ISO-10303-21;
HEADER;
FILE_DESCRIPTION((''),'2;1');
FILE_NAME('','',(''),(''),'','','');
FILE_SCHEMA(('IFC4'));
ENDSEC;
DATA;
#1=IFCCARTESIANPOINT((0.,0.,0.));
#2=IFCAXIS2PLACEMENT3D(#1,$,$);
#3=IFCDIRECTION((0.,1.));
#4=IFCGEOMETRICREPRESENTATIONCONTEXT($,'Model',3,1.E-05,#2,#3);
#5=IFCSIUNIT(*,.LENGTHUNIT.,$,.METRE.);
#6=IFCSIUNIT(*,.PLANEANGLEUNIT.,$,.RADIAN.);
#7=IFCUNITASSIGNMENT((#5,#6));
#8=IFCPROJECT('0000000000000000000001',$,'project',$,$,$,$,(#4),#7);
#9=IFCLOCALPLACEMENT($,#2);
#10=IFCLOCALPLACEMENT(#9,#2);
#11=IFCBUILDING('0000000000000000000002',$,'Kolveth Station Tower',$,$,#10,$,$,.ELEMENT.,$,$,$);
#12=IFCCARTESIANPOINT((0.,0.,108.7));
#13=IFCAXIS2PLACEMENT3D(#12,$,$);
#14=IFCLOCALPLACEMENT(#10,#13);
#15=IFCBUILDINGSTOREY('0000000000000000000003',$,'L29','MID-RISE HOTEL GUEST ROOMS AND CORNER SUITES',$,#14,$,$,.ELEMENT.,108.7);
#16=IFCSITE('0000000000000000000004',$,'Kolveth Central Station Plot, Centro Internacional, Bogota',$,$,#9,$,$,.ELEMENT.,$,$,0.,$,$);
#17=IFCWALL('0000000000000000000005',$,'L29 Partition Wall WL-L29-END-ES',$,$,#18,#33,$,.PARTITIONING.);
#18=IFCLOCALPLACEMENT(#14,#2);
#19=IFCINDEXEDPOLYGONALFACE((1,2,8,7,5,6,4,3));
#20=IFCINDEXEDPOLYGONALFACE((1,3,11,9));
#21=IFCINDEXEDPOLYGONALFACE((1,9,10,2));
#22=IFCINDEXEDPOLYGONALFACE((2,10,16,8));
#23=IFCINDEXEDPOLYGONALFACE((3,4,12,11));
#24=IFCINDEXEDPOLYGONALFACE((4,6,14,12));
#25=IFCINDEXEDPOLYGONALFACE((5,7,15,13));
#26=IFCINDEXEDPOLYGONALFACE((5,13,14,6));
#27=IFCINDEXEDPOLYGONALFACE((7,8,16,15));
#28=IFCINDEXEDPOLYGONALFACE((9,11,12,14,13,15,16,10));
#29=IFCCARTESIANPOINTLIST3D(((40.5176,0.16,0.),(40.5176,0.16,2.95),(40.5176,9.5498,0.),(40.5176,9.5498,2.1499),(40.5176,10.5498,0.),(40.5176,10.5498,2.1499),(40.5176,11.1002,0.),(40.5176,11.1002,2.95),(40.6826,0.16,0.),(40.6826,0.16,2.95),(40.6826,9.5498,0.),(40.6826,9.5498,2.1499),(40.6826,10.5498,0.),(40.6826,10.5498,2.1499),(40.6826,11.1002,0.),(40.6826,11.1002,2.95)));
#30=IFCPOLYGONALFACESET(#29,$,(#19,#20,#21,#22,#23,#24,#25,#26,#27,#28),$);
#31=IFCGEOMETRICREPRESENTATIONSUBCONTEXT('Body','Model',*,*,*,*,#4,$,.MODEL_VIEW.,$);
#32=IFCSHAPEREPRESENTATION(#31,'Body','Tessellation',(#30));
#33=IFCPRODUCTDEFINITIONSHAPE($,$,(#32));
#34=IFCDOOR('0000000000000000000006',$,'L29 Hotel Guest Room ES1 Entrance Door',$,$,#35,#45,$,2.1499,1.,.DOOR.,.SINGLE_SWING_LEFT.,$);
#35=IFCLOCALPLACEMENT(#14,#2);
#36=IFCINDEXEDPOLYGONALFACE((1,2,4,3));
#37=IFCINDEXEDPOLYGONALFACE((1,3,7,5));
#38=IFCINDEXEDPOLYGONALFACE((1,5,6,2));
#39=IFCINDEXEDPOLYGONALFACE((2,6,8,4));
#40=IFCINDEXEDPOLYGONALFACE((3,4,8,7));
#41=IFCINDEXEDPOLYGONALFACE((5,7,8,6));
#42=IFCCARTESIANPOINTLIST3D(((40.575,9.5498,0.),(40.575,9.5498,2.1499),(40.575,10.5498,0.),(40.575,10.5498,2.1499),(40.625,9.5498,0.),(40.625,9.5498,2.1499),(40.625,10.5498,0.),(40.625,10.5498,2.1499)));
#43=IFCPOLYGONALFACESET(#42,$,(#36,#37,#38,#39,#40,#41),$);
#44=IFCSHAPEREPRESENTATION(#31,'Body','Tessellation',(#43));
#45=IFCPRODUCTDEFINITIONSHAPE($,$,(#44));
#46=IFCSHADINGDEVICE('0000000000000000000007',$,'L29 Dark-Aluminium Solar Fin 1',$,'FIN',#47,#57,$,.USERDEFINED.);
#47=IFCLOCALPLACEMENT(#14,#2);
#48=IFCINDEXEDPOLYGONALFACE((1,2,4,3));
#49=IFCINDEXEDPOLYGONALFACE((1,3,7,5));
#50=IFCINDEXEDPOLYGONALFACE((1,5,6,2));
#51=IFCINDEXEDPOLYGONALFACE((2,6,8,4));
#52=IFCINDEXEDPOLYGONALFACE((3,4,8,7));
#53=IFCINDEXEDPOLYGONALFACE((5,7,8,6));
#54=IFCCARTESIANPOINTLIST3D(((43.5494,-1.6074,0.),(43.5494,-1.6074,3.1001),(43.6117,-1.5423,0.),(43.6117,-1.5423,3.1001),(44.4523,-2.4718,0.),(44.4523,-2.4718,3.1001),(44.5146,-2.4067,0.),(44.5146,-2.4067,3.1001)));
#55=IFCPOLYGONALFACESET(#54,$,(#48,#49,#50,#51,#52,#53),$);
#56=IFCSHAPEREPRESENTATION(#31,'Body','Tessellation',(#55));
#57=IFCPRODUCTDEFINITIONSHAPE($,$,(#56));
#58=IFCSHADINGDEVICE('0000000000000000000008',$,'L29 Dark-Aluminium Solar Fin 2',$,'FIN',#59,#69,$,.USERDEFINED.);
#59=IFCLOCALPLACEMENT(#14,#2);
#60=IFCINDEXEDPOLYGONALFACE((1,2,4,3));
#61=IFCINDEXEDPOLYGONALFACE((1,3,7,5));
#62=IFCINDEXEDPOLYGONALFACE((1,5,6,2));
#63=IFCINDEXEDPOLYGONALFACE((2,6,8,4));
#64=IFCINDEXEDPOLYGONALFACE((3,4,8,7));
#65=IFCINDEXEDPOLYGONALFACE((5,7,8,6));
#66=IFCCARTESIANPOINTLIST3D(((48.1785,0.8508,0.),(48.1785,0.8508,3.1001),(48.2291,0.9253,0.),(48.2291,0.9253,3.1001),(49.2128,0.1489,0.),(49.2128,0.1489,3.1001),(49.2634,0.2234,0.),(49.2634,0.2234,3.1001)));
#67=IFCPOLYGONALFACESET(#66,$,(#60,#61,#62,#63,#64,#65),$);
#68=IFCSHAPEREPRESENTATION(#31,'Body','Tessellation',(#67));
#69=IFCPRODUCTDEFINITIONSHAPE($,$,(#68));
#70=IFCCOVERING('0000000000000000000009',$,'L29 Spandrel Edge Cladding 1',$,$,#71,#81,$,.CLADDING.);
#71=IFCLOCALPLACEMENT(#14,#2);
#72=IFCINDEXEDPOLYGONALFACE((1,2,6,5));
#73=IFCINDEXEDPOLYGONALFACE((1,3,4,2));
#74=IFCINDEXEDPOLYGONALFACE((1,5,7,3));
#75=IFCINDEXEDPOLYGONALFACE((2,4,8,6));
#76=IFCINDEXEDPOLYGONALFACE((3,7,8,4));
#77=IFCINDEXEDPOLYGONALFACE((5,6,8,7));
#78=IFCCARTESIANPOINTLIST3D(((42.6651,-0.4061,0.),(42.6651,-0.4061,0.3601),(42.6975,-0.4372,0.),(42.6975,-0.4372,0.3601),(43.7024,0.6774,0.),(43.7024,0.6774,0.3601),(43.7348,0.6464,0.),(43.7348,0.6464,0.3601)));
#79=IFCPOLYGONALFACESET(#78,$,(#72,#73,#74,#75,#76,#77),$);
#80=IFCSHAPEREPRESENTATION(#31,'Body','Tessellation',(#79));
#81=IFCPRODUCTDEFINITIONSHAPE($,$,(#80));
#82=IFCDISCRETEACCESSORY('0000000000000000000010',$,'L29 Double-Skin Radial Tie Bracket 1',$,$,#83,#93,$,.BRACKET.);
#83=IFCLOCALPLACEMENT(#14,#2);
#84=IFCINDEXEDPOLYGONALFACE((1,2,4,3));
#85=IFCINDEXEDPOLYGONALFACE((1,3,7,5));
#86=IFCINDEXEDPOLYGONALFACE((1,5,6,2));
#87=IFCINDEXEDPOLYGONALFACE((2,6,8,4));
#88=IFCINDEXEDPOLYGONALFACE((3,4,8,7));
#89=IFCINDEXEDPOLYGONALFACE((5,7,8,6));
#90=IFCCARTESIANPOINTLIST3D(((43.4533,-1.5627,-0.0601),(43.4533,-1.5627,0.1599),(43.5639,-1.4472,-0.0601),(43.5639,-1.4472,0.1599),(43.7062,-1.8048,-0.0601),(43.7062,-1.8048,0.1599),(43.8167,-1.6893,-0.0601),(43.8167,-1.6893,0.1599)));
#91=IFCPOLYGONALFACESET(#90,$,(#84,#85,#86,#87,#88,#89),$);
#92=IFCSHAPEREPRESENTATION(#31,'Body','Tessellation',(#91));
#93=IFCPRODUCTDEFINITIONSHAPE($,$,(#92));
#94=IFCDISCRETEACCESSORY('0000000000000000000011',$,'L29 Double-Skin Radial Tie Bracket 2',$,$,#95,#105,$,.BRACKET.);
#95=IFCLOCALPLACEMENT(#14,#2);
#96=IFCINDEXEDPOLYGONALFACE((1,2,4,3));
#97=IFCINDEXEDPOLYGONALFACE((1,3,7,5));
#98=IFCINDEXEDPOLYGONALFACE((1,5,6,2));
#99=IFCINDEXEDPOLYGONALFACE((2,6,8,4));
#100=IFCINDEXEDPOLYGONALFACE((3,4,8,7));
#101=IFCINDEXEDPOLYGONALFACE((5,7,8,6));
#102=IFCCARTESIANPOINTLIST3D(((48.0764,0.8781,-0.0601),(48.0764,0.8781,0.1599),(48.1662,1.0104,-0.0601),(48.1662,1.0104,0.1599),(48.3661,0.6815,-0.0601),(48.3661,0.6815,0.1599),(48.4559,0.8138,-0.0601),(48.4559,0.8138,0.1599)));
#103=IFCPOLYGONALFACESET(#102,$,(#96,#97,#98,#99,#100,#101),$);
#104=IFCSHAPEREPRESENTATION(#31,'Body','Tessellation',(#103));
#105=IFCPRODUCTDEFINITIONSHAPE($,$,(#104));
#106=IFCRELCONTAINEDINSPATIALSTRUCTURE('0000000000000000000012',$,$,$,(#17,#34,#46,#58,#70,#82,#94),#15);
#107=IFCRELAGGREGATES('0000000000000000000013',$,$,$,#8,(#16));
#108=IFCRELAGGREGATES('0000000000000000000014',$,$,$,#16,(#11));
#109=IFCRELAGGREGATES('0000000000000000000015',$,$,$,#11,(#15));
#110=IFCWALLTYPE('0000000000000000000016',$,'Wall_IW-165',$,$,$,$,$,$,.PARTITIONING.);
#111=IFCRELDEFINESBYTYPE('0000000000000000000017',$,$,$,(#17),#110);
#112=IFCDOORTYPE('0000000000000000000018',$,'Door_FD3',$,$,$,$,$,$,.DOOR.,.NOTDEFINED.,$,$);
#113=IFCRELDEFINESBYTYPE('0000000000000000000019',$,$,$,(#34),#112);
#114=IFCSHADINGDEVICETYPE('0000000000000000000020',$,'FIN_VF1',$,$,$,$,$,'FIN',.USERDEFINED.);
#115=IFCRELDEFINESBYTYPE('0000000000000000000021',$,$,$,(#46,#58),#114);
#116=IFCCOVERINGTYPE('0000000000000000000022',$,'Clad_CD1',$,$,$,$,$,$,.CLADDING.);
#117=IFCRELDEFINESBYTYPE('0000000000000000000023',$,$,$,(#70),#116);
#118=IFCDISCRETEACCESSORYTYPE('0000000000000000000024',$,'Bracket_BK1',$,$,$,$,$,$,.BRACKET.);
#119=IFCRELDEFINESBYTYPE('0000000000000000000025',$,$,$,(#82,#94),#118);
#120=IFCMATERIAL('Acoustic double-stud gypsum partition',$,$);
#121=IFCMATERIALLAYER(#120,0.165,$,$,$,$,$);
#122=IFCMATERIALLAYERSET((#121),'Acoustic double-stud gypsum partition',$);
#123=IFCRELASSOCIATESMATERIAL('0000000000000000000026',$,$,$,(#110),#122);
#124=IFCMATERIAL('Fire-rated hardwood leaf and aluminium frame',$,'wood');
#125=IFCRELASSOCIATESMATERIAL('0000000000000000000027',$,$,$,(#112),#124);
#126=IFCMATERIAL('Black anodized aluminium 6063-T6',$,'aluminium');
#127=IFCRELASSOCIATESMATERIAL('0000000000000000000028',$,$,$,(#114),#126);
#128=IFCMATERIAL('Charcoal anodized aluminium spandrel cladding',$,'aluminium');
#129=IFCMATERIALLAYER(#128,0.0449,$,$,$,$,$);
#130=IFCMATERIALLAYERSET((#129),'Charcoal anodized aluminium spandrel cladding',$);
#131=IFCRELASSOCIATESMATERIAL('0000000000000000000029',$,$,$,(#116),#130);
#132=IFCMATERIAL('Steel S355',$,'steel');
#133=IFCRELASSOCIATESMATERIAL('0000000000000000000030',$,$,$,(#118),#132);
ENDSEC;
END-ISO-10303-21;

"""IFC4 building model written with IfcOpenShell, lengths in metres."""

from ifc_helpers import new_model, si_unit, direction, frame, frame_2d, origin, origin_2d, place, context, subcontext, project, spatial, rectangle, extrude, source, transform, mapped, material, layer, layer_set, type_object, element, fill, save


model = new_model("IFC4")

# Units and contexts
model_context = context("Model", 3, precision=1e-05, world=origin(), true_north=direction((0.0, 1.0)))
body_context = subcontext(model_context, "Body", "Model", "MODEL_VIEW")
ifc_project = project(units=[si_unit("LENGTHUNIT", "METRE"), si_unit("PLANEANGLEUNIT", "RADIAN")], contexts=[model_context])

# Site, building, storey
site_placement = place(None, origin())
site = spatial("IfcSite", under=ifc_project, at=site_placement, Name="Kolveth Central Station Plot, Centro Internacional, Bogota", CompositionType="ELEMENT", RefElevation=0.0)
building_placement = place(site_placement, origin())
building = spatial("IfcBuilding", under=site, at=building_placement, Name="Kolveth Station Tower", CompositionType="ELEMENT")
storey_placement = place(building_placement, frame((0.0, 0.0, 108.7)))
storey = spatial("IfcBuildingStorey", under=building, at=storey_placement, Name="L29", Description="MID-RISE HOTEL GUEST ROOMS AND CORNER SUITES", CompositionType="ELEMENT", Elevation=108.7)

# Shared definitions
ifc_material_1 = material(Name="Steel S355", Category="steel")

# Shared definitions
ifc_material_2 = material(Name="Black anodized aluminium 6063-T6", Category="aluminium")

# Wall, opening, door
ifc_material_3 = material(Name="Acoustic double-stud gypsum partition")
ifc_layer_1 = layer(ifc_material_3, 0.165)
ifc_layer_set_1 = layer_set([ifc_layer_1], Name="Acoustic double-stud gypsum partition")
wall_type = type_object("IfcWallType", Name="Wall_IW-165", PredefinedType="PARTITIONING", material=ifc_layer_set_1)
wall_placement = place(storey_placement, frame((40.6001, 0.1599, 0.0), z_axis=(0.0, 0.0, 1.0), x_axis=(0.0, 1.0, 0.0)))
wall = element("IfcWall", 1, at=wall_placement, inside=storey, type_object=wall_type, Name="L29 Partition Wall WL-L29-END-ES", PredefinedType="PARTITIONING", context=body_context, shape_type="SweptSolid", body=[
    extrude(rectangle(XDim=10.9402, YDim=0.165, at=frame_2d((5.4702, 0.0))), origin(), (0.0, 0.0, 1.0), 2.95),
])
opening_placement = place(wall_placement, frame((9.3899, 0.0, 0.0)))
opening = element("IfcOpeningElement", 2, at=opening_placement, cuts=wall, PredefinedType="OPENING", context=body_context, shape_type="SweptSolid", body=[
    extrude(rectangle(XDim=1.0, YDim=2.1499, at=frame_2d((0.5, 1.075))), frame((0.0, 0.0925, 0.0), z_axis=(0.0, -1.0, 0.0), x_axis=(1.0, 0.0, 0.0)), (0.0, 0.0, 1.0), 0.1851),
])
ifc_material_4 = material(Name="Fire-rated hardwood leaf and aluminium frame", Category="wood")
door_type = type_object("IfcDoorType", Name="Door_FD3", OperationType="NOTDEFINED", PredefinedType="DOOR", material=ifc_material_4)
door_placement = place(opening_placement, frame((1.0, 0.0, 0.0), z_axis=(0.0, 0.0, 1.0), x_axis=(-1.0, 0.0, 0.0)))
door = element("IfcDoor", 3, at=door_placement, inside=storey, type_object=door_type, Name="L29 Hotel Guest Room ES1 Entrance Door", OperationType="SINGLE_SWING_LEFT", OverallHeight=2.1499, OverallWidth=1.0, PredefinedType="DOOR", context=body_context, shape_type="SweptSolid", body=[
    extrude(rectangle(XDim=1.0, YDim=2.1499, at=frame_2d((0.5, 1.075))), frame((0.0, 0.0249, 0.0), z_axis=(0.0, -1.0, 0.0), x_axis=(1.0, 0.0, 0.0)), (0.0, 0.0, 1.0), 0.05),
])
fill(opening, door)

# Shading devices
shading_device_type = type_object("IfcShadingDeviceType", Name="FIN_VF1", ElementType="FIN", PredefinedType="USERDEFINED", material=ifc_material_2)
shared_shape_1 = source(origin(), body_context, "Body", "SweptSolid", [
    extrude(rectangle(XDim=1.25, YDim=0.0901, at=origin_2d()), origin(), (0.0, 0.0, 1.0), 3.1001),
])
for number, where, z_axis, x_axis, name in (
    (4, (44.032, -2.0071, 0.0), (0.0, 0.0, 1.0), (0.722364, -0.691513, 0.0), "L29 Dark-Aluminium Solar Fin 1"),
    (5, (48.7209, 0.5371, 0.0), (0.0, 0.0, 1.0), (0.827473, -0.561506, 0.0), "L29 Dark-Aluminium Solar Fin 2"),
):
    element("IfcShadingDevice", number, at=place(storey_placement, frame(where, z_axis=z_axis, x_axis=x_axis)), inside=storey, type_object=shading_device_type, Name=name, ObjectType="FIN", PredefinedType="USERDEFINED", context=body_context, shape_type="MappedRepresentation", body=[
        mapped(shared_shape_1, transform((0.0, 0.0, 0.0), x_axis=(1.0, 0.0, 0.0), y_axis=(0.0, 1.0, 0.0), z_axis=(0.0, 0.0, 1.0), scale=1.0)),
    ])

# Covering
ifc_material_5 = material(Name="Charcoal anodized aluminium spandrel cladding", Category="aluminium")
ifc_layer_2 = layer(ifc_material_5, 0.0449)
ifc_layer_set_2 = layer_set([ifc_layer_2], Name="Charcoal anodized aluminium spandrel cladding")
covering_type = type_object("IfcCoveringType", Name="Clad_CD1", PredefinedType="CLADDING", material=ifc_layer_set_2)
shared_shape_2 = source(origin(), body_context, "Body", "SweptSolid", [
    extrude(rectangle(XDim=1.5, YDim=0.0449, at=origin_2d()), origin(), (0.0, 0.0, 1.0), 0.3601),
])
covering_placement = place(storey_placement, frame((43.2, 0.1201, 0.0), z_axis=(0.0, 0.0, 1.0), x_axis=(0.691513, 0.722364, 0.0)))
element("IfcCovering", 6, at=covering_placement, inside=storey, type_object=covering_type, Name="L29 Spandrel Edge Cladding 1", PredefinedType="CLADDING", context=body_context, shape_type="MappedRepresentation", body=[
    mapped(shared_shape_2, transform((0.0, 0.0, 0.0), x_axis=(1.0, 0.0, 0.0), y_axis=(0.0, 1.0, 0.0), z_axis=(0.0, 0.0, 1.0), scale=1.0)),
])

# Discrete accessories
discrete_accessory_type = type_object("IfcDiscreteAccessoryType", Name="Bracket_BK1", PredefinedType="BRACKET", material=ifc_material_1)
shared_shape_3 = source(origin(), body_context, "Body", "SweptSolid", [
    extrude(rectangle(XDim=0.3501, YDim=0.1599, at=origin_2d()), origin(), (0.0, 0.0, 1.0), 0.22),
])
for number, where, z_axis, x_axis, name in (
    (7, (43.635, -1.626, -0.0601), (0.0, 0.0, 1.0), (0.722364, -0.691513, 0.0), "L29 Double-Skin Radial Tie Bracket 1"),
    (8, (48.2661, 0.8459, -0.0601), (0.0, 0.0, 1.0), (0.827473, -0.561506, 0.0), "L29 Double-Skin Radial Tie Bracket 2"),
):
    element("IfcDiscreteAccessory", number, at=place(storey_placement, frame(where, z_axis=z_axis, x_axis=x_axis)), inside=storey, type_object=discrete_accessory_type, Name=name, PredefinedType="BRACKET", context=body_context, shape_type="MappedRepresentation", body=[
        mapped(shared_shape_3, transform((0.0, 0.0, 0.0), x_axis=(1.0, 0.0, 0.0), y_axis=(0.0, 1.0, 0.0), z_axis=(0.0, 0.0, 1.0), scale=1.0)),
    ])

save(model, "model.ifc")
